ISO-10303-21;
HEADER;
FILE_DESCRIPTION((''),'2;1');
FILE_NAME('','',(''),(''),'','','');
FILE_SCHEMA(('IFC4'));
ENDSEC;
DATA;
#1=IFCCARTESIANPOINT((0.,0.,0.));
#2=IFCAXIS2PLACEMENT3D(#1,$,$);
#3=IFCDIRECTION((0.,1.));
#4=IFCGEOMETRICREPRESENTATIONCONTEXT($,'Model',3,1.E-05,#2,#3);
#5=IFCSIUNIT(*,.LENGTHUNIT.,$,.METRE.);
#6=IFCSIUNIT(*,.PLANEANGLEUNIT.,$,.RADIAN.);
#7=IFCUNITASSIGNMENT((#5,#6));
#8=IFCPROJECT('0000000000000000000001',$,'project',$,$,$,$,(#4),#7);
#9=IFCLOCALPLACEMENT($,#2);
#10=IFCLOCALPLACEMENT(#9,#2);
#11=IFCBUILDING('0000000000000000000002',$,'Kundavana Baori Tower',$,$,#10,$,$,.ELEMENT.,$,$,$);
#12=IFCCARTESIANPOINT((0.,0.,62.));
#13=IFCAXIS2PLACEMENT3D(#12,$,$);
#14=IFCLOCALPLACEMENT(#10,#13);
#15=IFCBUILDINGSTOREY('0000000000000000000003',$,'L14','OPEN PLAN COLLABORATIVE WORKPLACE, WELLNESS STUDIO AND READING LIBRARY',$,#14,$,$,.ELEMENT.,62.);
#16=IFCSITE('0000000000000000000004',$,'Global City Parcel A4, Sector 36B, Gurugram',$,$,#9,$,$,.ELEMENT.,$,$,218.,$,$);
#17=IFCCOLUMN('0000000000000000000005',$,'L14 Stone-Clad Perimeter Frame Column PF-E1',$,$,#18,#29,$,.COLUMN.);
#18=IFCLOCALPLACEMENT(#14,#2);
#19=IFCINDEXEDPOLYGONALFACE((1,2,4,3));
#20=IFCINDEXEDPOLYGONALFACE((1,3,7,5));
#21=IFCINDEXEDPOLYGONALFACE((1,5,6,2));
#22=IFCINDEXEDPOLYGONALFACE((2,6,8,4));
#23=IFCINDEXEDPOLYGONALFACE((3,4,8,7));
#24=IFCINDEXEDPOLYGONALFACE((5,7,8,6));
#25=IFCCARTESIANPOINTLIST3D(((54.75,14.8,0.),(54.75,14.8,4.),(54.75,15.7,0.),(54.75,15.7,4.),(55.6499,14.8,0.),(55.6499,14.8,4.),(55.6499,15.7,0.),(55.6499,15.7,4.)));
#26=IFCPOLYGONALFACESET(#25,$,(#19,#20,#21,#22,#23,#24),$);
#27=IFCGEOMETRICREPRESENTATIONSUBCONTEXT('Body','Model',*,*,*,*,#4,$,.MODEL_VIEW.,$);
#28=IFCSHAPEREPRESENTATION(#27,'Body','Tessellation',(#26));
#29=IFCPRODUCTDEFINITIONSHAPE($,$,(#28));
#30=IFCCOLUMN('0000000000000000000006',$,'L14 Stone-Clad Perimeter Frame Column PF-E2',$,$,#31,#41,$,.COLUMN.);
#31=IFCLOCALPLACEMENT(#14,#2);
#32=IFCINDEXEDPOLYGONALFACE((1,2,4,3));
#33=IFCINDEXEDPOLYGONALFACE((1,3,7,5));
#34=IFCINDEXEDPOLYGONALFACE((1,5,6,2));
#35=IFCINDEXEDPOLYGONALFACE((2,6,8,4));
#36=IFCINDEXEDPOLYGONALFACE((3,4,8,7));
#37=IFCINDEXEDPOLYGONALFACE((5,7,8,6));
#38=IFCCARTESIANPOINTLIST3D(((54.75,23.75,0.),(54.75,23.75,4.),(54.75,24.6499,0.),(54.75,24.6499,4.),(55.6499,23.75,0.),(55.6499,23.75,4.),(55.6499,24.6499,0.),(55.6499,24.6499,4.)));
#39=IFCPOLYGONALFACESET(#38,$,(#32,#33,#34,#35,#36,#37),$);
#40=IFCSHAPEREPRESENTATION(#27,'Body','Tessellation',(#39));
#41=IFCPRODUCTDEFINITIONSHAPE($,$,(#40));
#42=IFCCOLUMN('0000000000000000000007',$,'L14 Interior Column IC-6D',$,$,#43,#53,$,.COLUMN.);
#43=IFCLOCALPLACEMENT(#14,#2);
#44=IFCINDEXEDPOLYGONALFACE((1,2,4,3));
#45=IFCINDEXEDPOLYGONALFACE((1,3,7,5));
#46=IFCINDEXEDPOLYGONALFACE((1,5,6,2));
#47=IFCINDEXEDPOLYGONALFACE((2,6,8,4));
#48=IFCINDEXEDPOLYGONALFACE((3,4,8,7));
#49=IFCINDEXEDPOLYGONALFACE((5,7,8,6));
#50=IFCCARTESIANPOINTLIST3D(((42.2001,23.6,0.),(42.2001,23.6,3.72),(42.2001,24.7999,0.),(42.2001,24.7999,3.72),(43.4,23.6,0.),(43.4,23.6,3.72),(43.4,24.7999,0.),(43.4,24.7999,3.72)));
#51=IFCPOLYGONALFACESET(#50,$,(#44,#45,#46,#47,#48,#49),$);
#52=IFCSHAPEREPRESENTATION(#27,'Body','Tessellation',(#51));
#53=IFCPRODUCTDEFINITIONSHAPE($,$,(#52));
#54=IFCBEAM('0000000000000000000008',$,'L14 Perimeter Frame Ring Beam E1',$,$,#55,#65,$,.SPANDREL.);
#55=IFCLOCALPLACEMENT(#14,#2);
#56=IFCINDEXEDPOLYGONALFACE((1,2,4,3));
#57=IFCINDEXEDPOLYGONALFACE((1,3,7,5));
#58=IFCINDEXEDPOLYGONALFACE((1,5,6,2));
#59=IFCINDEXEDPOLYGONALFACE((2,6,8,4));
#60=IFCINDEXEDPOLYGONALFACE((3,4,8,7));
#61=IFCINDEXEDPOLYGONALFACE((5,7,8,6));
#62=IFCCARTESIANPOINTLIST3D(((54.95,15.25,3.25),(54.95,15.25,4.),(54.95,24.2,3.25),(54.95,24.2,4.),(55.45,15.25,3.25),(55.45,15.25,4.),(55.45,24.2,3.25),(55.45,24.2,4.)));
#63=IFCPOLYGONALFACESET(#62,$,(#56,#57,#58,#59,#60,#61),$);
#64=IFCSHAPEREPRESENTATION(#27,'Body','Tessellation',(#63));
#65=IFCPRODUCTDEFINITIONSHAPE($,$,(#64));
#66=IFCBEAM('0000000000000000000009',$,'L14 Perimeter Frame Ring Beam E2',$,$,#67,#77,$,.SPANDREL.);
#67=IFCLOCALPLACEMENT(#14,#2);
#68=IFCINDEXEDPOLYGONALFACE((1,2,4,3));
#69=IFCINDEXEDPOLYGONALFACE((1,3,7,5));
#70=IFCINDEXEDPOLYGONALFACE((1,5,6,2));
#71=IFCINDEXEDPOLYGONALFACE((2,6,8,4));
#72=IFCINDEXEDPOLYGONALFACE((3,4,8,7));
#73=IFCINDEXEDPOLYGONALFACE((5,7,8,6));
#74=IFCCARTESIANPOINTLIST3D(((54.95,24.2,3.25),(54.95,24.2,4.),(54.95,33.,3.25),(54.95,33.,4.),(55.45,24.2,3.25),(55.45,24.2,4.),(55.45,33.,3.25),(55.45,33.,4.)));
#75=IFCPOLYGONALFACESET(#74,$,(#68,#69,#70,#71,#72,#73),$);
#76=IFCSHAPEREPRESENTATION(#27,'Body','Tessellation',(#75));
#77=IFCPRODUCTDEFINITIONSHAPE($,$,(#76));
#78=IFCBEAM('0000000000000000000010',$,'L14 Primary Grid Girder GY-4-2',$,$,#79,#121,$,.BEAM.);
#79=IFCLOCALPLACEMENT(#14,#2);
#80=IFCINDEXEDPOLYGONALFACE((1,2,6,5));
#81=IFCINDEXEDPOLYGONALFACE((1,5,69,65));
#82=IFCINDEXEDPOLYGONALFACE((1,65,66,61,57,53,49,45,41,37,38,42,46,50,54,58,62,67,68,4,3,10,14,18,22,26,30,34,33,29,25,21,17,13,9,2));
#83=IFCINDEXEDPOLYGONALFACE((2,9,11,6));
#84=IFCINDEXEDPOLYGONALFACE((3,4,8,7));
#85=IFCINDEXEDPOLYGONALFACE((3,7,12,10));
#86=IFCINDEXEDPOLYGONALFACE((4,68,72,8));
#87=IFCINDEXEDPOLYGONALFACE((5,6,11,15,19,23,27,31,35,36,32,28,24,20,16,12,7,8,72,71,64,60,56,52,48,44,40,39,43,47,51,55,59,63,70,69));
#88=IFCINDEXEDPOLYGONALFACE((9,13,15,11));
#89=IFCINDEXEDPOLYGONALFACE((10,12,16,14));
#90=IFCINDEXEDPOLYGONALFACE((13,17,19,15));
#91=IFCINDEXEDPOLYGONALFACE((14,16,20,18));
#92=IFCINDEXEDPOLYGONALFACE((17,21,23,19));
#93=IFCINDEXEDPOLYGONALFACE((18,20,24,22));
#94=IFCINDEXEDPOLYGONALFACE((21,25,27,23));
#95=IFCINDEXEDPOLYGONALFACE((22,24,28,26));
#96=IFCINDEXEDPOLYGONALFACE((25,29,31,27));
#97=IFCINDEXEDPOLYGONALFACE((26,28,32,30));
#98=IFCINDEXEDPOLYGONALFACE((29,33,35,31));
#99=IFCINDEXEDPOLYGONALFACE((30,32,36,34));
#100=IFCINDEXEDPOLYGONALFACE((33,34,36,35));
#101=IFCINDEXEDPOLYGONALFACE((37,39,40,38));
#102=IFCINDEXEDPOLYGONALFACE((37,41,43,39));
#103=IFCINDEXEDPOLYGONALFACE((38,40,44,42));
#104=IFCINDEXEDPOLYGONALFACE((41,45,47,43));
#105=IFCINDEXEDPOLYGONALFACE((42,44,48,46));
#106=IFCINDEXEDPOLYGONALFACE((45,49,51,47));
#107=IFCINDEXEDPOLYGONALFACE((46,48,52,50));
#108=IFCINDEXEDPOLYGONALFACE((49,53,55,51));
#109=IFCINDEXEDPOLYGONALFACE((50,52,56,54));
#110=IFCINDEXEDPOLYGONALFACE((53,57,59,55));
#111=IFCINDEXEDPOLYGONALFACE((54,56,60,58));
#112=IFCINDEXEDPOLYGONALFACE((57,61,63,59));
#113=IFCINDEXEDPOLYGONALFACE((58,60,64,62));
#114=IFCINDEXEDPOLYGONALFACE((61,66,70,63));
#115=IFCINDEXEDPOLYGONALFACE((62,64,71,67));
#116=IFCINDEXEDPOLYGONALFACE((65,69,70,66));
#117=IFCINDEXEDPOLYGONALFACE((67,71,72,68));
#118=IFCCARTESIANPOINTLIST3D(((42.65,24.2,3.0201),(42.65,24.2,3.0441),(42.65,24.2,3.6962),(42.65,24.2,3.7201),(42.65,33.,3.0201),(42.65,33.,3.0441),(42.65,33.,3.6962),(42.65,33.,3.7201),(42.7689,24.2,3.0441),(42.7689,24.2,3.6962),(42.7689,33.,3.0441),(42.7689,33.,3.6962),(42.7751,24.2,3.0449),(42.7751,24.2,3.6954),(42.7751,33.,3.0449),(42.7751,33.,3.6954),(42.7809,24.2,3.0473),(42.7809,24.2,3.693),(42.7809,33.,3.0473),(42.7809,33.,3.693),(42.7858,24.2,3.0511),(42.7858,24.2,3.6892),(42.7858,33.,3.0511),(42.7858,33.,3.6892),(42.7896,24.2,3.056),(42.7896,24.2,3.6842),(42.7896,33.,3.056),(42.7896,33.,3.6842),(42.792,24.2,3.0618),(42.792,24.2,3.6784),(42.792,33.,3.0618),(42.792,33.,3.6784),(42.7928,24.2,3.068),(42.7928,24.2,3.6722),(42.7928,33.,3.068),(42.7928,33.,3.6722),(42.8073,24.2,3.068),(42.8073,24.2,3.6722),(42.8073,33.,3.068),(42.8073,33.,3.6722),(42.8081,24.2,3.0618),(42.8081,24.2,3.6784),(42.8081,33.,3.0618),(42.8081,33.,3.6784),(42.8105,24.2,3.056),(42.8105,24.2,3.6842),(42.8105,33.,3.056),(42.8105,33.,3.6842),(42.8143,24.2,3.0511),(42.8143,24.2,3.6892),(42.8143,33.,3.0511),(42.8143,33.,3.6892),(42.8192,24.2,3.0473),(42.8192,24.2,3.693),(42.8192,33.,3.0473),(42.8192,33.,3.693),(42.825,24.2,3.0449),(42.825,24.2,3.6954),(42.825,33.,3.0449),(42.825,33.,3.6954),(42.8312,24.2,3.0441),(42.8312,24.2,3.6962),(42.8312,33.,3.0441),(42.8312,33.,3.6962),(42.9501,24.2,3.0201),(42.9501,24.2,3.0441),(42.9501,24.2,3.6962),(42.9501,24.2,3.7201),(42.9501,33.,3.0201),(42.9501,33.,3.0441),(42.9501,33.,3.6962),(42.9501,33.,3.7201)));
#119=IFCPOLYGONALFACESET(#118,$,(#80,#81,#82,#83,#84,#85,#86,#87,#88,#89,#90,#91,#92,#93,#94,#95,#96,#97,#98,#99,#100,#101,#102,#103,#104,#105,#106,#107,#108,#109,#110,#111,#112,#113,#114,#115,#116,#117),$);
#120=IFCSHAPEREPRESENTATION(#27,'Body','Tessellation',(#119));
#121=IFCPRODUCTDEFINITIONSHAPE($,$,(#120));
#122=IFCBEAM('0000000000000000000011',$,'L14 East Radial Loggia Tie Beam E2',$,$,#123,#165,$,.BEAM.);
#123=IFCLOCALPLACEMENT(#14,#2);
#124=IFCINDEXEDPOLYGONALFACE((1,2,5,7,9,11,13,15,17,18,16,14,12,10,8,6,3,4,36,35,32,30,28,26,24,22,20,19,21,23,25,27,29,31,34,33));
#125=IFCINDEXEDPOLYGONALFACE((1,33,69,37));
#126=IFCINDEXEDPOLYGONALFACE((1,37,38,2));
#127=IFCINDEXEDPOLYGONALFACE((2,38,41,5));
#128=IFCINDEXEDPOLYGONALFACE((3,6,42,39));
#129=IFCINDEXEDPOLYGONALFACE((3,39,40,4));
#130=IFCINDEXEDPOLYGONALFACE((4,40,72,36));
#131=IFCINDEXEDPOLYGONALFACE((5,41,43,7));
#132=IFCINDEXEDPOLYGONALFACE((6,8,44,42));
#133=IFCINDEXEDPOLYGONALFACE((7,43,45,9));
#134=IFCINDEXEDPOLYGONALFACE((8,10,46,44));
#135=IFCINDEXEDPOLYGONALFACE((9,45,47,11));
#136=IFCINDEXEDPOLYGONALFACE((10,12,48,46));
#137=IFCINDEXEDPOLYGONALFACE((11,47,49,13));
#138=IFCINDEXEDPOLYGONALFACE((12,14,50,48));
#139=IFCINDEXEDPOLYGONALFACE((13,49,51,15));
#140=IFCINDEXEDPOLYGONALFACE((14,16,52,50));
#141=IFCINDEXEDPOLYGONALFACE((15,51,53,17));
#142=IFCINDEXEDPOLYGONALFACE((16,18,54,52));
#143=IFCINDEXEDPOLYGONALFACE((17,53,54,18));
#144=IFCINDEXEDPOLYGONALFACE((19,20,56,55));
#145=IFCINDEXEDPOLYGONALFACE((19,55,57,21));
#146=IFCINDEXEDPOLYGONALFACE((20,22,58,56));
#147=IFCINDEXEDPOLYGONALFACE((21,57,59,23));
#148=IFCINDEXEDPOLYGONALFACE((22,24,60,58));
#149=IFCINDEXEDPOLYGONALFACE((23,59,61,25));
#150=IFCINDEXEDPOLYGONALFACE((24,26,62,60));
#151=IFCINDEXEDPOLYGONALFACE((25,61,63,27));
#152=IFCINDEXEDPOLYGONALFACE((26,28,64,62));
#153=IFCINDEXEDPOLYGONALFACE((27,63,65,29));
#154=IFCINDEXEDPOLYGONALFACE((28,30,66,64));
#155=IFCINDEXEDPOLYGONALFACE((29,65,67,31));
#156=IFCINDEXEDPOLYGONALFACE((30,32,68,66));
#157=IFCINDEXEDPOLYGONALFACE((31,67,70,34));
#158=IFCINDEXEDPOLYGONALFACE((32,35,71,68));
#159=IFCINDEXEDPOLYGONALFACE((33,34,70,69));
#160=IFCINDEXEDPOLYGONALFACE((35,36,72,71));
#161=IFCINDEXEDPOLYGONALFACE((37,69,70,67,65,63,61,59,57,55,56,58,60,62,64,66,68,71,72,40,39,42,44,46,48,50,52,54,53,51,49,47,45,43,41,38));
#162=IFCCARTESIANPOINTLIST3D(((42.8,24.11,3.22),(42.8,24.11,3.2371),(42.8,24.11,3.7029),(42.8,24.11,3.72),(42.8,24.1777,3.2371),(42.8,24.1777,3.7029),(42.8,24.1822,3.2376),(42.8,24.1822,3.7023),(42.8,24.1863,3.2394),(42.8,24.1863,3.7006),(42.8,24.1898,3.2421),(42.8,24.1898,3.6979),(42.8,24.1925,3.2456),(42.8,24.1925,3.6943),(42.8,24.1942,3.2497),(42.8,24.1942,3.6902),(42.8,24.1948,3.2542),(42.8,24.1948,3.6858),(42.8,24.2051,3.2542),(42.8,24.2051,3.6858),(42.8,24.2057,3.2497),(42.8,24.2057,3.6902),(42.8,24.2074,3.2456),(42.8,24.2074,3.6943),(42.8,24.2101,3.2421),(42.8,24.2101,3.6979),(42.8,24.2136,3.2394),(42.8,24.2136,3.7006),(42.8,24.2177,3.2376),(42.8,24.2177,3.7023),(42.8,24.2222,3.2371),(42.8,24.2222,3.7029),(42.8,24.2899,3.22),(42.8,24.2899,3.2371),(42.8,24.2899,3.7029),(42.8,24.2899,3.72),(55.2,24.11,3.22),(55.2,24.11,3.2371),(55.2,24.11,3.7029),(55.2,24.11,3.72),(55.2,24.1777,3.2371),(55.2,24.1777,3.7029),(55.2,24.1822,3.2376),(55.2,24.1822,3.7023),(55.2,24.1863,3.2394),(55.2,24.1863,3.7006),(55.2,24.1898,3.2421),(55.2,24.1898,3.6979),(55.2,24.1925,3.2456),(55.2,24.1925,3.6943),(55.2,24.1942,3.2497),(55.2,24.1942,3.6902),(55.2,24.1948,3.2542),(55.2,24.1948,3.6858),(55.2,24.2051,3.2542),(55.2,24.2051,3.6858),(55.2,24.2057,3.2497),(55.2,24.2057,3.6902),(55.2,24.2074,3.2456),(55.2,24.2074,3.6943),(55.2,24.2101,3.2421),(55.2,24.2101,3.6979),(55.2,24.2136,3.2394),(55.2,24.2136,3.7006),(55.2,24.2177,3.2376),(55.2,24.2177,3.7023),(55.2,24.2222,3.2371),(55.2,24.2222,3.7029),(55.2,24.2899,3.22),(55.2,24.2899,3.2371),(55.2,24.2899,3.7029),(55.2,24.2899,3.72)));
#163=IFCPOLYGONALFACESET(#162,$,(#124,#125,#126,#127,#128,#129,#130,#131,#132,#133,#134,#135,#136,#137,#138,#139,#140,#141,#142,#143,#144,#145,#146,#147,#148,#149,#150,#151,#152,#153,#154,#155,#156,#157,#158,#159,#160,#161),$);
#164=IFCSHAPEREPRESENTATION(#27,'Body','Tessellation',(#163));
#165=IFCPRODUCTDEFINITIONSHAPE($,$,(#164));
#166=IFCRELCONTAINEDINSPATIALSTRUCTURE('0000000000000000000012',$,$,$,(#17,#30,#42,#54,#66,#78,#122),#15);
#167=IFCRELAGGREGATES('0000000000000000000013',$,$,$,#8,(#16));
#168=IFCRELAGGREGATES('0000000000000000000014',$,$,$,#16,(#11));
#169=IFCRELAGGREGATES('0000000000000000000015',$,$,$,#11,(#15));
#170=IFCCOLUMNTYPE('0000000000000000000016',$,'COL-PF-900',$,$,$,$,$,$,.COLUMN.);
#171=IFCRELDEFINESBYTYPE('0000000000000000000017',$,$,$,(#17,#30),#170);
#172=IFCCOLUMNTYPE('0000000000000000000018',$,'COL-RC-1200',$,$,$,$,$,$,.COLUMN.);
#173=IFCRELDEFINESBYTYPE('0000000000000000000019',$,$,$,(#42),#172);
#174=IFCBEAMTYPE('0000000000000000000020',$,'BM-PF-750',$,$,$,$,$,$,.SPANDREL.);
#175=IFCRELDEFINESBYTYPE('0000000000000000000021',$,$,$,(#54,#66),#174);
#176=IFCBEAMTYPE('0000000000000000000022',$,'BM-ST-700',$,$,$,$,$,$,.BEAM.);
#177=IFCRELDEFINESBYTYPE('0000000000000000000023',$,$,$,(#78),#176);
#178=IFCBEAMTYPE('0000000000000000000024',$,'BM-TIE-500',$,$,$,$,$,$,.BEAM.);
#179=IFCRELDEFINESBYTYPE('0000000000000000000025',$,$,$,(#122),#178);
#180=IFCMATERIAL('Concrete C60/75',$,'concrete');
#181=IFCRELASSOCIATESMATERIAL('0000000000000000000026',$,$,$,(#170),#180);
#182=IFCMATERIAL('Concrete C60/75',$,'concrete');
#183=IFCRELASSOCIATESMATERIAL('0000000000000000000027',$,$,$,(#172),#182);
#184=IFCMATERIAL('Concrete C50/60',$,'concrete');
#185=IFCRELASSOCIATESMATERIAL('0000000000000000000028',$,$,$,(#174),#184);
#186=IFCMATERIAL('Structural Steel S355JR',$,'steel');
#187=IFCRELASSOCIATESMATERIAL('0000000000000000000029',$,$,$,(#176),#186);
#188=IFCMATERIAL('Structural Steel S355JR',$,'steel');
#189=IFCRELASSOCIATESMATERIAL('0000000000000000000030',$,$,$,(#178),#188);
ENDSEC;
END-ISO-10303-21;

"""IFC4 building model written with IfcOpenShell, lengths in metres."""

from ifc_helpers import new_model, si_unit, direction, frame, origin, origin_2d, place, context, subcontext, project, spatial, rectangle, i_section, extrude, material, material_profile, profile_set, type_object, element, save


model = new_model("IFC4")

# Units and contexts
model_context = context("Model", 3, precision=1e-05, world=origin(), true_north=direction((0.0, 1.0)))
body_context = subcontext(model_context, "Body", "Model", "MODEL_VIEW")
ifc_project = project(units=[si_unit("LENGTHUNIT", "METRE"), si_unit("PLANEANGLEUNIT", "RADIAN")], contexts=[model_context])

# Site, building, storey
site_placement = place(None, origin())
site = spatial("IfcSite", under=ifc_project, at=site_placement, Name="Global City Parcel A4, Sector 36B, Gurugram", CompositionType="ELEMENT", RefElevation=218.0)
building_placement = place(site_placement, origin())
building = spatial("IfcBuilding", under=site, at=building_placement, Name="Kundavana Baori Tower", CompositionType="ELEMENT")
storey_placement = place(building_placement, frame((0.0, 0.0, 62.0)))
storey = spatial("IfcBuildingStorey", under=building, at=storey_placement, Name="L14", Description="OPEN PLAN COLLABORATIVE WORKPLACE, WELLNESS STUDIO AND READING LIBRARY", CompositionType="ELEMENT", Elevation=62.0)

# Columns
ifc_material_1 = material(Name="Concrete C60/75", Category="concrete")
ifc_material_profile_1 = material_profile(ifc_material_1, rectangle(XDim=0.8999, YDim=0.8999, at=origin_2d()), Name="RC PF 900x900")
ifc_profile_set_1 = profile_set([ifc_material_profile_1], Name="Concrete C60/75")
column_type_1 = type_object("IfcColumnType", Name="COL-PF-900", PredefinedType="COLUMN", material=ifc_profile_set_1)
for number, where, z_axis, x_axis, name in (
    (1, (55.2, 15.25, 0.0), (0.0, 0.0, 1.0), (1.0, 0.0, 0.0), "L14 Stone-Clad Perimeter Frame Column PF-E1"),
    (2, (55.2, 24.2, 0.0), (0.0, 0.0, 1.0), (1.0, 0.0, 0.0), "L14 Stone-Clad Perimeter Frame Column PF-E2"),
):
    element("IfcColumn", number, at=place(storey_placement, frame(where, z_axis=z_axis, x_axis=x_axis)), inside=storey, type_object=column_type_1, Name=name, PredefinedType="COLUMN", context=body_context, shape_type="SweptSolid", body=[
        extrude(rectangle(XDim=0.8999, YDim=0.8999, at=origin_2d()), origin(), (0.0, 0.0, 1.0), 4.0),
    ])
ifc_material_2 = material(Name="Concrete C60/75", Category="concrete")
ifc_material_profile_2 = material_profile(ifc_material_2, rectangle(XDim=1.2, YDim=1.2, at=origin_2d()), Name="RC 1200x1200")
ifc_profile_set_2 = profile_set([ifc_material_profile_2], Name="Concrete C60/75")
column_type_2 = type_object("IfcColumnType", Name="COL-RC-1200", PredefinedType="COLUMN", material=ifc_profile_set_2)
column_placement = place(storey_placement, frame((42.8, 24.2, 0.0), z_axis=(0.0, 0.0, 1.0), x_axis=(1.0, 0.0, 0.0)))
element("IfcColumn", 3, at=column_placement, inside=storey, type_object=column_type_2, Name="L14 Interior Column IC-6D", PredefinedType="COLUMN", context=body_context, shape_type="SweptSolid", body=[
    extrude(rectangle(XDim=1.2, YDim=1.2, at=origin_2d()), origin(), (0.0, 0.0, 1.0), 3.72),
])

# Beams
ifc_material_3 = material(Name="Concrete C50/60", Category="concrete")
ifc_material_profile_3 = material_profile(ifc_material_3, rectangle(XDim=0.5, YDim=0.75, at=origin_2d()), Name="RC BM 500x750")
ifc_profile_set_3 = profile_set([ifc_material_profile_3], Name="Concrete C50/60")
beam_type_1 = type_object("IfcBeamType", Name="BM-PF-750", PredefinedType="SPANDREL", material=ifc_profile_set_3)
beam_1_placement = place(storey_placement, frame((55.2, 15.25, 3.625), z_axis=(0.0, 1.0, 0.0), x_axis=(-1.0, 0.0, 0.0)))
element("IfcBeam", 4, at=beam_1_placement, inside=storey, type_object=beam_type_1, Name="L14 Perimeter Frame Ring Beam E1", PredefinedType="SPANDREL", context=body_context, shape_type="SweptSolid", body=[
    extrude(rectangle(XDim=0.5, YDim=0.75, at=origin_2d()), origin(), (0.0, 0.0, 1.0), 8.95),
])
beam_2_placement = place(storey_placement, frame((55.2, 24.2, 3.625), z_axis=(0.0, 1.0, 0.0), x_axis=(-1.0, 0.0, 0.0)))
element("IfcBeam", 5, at=beam_2_placement, inside=storey, type_object=beam_type_1, Name="L14 Perimeter Frame Ring Beam E2", PredefinedType="SPANDREL", context=body_context, shape_type="SweptSolid", body=[
    extrude(rectangle(XDim=0.5, YDim=0.75, at=origin_2d()), origin(), (0.0, 0.0, 1.0), 8.8),
])
ifc_material_4 = material(Name="Structural Steel S355JR", Category="steel")
ifc_material_profile_4 = material_profile(ifc_material_4, i_section(OverallWidth=0.3, OverallDepth=0.7, WebThickness=0.0144, FlangeThickness=0.0239, FilletRadius=0.0239, at=origin_2d()), Name="NPB 700x300x170")
ifc_profile_set_4 = profile_set([ifc_material_profile_4], Name="Structural Steel S355JR")
beam_type_2 = type_object("IfcBeamType", Name="BM-ST-700", PredefinedType="BEAM", material=ifc_profile_set_4)
beam_3_placement = place(storey_placement, frame((42.8, 24.2, 3.3701), z_axis=(0.0, 1.0, 0.0), x_axis=(-1.0, 0.0, 0.0)))
element("IfcBeam", 6, at=beam_3_placement, inside=storey, type_object=beam_type_2, Name="L14 Primary Grid Girder GY-4-2", PredefinedType="BEAM", context=body_context, shape_type="SweptSolid", body=[
    extrude(i_section(OverallWidth=0.3, OverallDepth=0.7, WebThickness=0.0144, FlangeThickness=0.0239, FilletRadius=0.0239, at=origin_2d()), origin(), (0.0, 0.0, 1.0), 8.8),
])
ifc_material_5 = material(Name="Structural Steel S355JR", Category="steel")
ifc_material_profile_5 = material_profile(ifc_material_5, i_section(OverallWidth=0.1799, OverallDepth=0.5, WebThickness=0.0103, FlangeThickness=0.0171, FilletRadius=0.0171, at=origin_2d()), Name="ISMB 500")
ifc_profile_set_5 = profile_set([ifc_material_profile_5], Name="Structural Steel S355JR")
beam_type_3 = type_object("IfcBeamType", Name="BM-TIE-500", PredefinedType="BEAM", material=ifc_profile_set_5)
beam_4_placement = place(storey_placement, frame((42.8, 24.2, 3.47), z_axis=(1.0, 0.0, 0.0), x_axis=(0.0, 1.0, 0.0)))
element("IfcBeam", 7, at=beam_4_placement, inside=storey, type_object=beam_type_3, Name="L14 East Radial Loggia Tie Beam E2", PredefinedType="BEAM", context=body_context, shape_type="SweptSolid", body=[
    extrude(i_section(OverallWidth=0.1799, OverallDepth=0.5, WebThickness=0.0103, FlangeThickness=0.0171, FilletRadius=0.0171, at=origin_2d()), origin(), (0.0, 0.0, 1.0), 12.3999),
])

save(model, "model.ifc")
